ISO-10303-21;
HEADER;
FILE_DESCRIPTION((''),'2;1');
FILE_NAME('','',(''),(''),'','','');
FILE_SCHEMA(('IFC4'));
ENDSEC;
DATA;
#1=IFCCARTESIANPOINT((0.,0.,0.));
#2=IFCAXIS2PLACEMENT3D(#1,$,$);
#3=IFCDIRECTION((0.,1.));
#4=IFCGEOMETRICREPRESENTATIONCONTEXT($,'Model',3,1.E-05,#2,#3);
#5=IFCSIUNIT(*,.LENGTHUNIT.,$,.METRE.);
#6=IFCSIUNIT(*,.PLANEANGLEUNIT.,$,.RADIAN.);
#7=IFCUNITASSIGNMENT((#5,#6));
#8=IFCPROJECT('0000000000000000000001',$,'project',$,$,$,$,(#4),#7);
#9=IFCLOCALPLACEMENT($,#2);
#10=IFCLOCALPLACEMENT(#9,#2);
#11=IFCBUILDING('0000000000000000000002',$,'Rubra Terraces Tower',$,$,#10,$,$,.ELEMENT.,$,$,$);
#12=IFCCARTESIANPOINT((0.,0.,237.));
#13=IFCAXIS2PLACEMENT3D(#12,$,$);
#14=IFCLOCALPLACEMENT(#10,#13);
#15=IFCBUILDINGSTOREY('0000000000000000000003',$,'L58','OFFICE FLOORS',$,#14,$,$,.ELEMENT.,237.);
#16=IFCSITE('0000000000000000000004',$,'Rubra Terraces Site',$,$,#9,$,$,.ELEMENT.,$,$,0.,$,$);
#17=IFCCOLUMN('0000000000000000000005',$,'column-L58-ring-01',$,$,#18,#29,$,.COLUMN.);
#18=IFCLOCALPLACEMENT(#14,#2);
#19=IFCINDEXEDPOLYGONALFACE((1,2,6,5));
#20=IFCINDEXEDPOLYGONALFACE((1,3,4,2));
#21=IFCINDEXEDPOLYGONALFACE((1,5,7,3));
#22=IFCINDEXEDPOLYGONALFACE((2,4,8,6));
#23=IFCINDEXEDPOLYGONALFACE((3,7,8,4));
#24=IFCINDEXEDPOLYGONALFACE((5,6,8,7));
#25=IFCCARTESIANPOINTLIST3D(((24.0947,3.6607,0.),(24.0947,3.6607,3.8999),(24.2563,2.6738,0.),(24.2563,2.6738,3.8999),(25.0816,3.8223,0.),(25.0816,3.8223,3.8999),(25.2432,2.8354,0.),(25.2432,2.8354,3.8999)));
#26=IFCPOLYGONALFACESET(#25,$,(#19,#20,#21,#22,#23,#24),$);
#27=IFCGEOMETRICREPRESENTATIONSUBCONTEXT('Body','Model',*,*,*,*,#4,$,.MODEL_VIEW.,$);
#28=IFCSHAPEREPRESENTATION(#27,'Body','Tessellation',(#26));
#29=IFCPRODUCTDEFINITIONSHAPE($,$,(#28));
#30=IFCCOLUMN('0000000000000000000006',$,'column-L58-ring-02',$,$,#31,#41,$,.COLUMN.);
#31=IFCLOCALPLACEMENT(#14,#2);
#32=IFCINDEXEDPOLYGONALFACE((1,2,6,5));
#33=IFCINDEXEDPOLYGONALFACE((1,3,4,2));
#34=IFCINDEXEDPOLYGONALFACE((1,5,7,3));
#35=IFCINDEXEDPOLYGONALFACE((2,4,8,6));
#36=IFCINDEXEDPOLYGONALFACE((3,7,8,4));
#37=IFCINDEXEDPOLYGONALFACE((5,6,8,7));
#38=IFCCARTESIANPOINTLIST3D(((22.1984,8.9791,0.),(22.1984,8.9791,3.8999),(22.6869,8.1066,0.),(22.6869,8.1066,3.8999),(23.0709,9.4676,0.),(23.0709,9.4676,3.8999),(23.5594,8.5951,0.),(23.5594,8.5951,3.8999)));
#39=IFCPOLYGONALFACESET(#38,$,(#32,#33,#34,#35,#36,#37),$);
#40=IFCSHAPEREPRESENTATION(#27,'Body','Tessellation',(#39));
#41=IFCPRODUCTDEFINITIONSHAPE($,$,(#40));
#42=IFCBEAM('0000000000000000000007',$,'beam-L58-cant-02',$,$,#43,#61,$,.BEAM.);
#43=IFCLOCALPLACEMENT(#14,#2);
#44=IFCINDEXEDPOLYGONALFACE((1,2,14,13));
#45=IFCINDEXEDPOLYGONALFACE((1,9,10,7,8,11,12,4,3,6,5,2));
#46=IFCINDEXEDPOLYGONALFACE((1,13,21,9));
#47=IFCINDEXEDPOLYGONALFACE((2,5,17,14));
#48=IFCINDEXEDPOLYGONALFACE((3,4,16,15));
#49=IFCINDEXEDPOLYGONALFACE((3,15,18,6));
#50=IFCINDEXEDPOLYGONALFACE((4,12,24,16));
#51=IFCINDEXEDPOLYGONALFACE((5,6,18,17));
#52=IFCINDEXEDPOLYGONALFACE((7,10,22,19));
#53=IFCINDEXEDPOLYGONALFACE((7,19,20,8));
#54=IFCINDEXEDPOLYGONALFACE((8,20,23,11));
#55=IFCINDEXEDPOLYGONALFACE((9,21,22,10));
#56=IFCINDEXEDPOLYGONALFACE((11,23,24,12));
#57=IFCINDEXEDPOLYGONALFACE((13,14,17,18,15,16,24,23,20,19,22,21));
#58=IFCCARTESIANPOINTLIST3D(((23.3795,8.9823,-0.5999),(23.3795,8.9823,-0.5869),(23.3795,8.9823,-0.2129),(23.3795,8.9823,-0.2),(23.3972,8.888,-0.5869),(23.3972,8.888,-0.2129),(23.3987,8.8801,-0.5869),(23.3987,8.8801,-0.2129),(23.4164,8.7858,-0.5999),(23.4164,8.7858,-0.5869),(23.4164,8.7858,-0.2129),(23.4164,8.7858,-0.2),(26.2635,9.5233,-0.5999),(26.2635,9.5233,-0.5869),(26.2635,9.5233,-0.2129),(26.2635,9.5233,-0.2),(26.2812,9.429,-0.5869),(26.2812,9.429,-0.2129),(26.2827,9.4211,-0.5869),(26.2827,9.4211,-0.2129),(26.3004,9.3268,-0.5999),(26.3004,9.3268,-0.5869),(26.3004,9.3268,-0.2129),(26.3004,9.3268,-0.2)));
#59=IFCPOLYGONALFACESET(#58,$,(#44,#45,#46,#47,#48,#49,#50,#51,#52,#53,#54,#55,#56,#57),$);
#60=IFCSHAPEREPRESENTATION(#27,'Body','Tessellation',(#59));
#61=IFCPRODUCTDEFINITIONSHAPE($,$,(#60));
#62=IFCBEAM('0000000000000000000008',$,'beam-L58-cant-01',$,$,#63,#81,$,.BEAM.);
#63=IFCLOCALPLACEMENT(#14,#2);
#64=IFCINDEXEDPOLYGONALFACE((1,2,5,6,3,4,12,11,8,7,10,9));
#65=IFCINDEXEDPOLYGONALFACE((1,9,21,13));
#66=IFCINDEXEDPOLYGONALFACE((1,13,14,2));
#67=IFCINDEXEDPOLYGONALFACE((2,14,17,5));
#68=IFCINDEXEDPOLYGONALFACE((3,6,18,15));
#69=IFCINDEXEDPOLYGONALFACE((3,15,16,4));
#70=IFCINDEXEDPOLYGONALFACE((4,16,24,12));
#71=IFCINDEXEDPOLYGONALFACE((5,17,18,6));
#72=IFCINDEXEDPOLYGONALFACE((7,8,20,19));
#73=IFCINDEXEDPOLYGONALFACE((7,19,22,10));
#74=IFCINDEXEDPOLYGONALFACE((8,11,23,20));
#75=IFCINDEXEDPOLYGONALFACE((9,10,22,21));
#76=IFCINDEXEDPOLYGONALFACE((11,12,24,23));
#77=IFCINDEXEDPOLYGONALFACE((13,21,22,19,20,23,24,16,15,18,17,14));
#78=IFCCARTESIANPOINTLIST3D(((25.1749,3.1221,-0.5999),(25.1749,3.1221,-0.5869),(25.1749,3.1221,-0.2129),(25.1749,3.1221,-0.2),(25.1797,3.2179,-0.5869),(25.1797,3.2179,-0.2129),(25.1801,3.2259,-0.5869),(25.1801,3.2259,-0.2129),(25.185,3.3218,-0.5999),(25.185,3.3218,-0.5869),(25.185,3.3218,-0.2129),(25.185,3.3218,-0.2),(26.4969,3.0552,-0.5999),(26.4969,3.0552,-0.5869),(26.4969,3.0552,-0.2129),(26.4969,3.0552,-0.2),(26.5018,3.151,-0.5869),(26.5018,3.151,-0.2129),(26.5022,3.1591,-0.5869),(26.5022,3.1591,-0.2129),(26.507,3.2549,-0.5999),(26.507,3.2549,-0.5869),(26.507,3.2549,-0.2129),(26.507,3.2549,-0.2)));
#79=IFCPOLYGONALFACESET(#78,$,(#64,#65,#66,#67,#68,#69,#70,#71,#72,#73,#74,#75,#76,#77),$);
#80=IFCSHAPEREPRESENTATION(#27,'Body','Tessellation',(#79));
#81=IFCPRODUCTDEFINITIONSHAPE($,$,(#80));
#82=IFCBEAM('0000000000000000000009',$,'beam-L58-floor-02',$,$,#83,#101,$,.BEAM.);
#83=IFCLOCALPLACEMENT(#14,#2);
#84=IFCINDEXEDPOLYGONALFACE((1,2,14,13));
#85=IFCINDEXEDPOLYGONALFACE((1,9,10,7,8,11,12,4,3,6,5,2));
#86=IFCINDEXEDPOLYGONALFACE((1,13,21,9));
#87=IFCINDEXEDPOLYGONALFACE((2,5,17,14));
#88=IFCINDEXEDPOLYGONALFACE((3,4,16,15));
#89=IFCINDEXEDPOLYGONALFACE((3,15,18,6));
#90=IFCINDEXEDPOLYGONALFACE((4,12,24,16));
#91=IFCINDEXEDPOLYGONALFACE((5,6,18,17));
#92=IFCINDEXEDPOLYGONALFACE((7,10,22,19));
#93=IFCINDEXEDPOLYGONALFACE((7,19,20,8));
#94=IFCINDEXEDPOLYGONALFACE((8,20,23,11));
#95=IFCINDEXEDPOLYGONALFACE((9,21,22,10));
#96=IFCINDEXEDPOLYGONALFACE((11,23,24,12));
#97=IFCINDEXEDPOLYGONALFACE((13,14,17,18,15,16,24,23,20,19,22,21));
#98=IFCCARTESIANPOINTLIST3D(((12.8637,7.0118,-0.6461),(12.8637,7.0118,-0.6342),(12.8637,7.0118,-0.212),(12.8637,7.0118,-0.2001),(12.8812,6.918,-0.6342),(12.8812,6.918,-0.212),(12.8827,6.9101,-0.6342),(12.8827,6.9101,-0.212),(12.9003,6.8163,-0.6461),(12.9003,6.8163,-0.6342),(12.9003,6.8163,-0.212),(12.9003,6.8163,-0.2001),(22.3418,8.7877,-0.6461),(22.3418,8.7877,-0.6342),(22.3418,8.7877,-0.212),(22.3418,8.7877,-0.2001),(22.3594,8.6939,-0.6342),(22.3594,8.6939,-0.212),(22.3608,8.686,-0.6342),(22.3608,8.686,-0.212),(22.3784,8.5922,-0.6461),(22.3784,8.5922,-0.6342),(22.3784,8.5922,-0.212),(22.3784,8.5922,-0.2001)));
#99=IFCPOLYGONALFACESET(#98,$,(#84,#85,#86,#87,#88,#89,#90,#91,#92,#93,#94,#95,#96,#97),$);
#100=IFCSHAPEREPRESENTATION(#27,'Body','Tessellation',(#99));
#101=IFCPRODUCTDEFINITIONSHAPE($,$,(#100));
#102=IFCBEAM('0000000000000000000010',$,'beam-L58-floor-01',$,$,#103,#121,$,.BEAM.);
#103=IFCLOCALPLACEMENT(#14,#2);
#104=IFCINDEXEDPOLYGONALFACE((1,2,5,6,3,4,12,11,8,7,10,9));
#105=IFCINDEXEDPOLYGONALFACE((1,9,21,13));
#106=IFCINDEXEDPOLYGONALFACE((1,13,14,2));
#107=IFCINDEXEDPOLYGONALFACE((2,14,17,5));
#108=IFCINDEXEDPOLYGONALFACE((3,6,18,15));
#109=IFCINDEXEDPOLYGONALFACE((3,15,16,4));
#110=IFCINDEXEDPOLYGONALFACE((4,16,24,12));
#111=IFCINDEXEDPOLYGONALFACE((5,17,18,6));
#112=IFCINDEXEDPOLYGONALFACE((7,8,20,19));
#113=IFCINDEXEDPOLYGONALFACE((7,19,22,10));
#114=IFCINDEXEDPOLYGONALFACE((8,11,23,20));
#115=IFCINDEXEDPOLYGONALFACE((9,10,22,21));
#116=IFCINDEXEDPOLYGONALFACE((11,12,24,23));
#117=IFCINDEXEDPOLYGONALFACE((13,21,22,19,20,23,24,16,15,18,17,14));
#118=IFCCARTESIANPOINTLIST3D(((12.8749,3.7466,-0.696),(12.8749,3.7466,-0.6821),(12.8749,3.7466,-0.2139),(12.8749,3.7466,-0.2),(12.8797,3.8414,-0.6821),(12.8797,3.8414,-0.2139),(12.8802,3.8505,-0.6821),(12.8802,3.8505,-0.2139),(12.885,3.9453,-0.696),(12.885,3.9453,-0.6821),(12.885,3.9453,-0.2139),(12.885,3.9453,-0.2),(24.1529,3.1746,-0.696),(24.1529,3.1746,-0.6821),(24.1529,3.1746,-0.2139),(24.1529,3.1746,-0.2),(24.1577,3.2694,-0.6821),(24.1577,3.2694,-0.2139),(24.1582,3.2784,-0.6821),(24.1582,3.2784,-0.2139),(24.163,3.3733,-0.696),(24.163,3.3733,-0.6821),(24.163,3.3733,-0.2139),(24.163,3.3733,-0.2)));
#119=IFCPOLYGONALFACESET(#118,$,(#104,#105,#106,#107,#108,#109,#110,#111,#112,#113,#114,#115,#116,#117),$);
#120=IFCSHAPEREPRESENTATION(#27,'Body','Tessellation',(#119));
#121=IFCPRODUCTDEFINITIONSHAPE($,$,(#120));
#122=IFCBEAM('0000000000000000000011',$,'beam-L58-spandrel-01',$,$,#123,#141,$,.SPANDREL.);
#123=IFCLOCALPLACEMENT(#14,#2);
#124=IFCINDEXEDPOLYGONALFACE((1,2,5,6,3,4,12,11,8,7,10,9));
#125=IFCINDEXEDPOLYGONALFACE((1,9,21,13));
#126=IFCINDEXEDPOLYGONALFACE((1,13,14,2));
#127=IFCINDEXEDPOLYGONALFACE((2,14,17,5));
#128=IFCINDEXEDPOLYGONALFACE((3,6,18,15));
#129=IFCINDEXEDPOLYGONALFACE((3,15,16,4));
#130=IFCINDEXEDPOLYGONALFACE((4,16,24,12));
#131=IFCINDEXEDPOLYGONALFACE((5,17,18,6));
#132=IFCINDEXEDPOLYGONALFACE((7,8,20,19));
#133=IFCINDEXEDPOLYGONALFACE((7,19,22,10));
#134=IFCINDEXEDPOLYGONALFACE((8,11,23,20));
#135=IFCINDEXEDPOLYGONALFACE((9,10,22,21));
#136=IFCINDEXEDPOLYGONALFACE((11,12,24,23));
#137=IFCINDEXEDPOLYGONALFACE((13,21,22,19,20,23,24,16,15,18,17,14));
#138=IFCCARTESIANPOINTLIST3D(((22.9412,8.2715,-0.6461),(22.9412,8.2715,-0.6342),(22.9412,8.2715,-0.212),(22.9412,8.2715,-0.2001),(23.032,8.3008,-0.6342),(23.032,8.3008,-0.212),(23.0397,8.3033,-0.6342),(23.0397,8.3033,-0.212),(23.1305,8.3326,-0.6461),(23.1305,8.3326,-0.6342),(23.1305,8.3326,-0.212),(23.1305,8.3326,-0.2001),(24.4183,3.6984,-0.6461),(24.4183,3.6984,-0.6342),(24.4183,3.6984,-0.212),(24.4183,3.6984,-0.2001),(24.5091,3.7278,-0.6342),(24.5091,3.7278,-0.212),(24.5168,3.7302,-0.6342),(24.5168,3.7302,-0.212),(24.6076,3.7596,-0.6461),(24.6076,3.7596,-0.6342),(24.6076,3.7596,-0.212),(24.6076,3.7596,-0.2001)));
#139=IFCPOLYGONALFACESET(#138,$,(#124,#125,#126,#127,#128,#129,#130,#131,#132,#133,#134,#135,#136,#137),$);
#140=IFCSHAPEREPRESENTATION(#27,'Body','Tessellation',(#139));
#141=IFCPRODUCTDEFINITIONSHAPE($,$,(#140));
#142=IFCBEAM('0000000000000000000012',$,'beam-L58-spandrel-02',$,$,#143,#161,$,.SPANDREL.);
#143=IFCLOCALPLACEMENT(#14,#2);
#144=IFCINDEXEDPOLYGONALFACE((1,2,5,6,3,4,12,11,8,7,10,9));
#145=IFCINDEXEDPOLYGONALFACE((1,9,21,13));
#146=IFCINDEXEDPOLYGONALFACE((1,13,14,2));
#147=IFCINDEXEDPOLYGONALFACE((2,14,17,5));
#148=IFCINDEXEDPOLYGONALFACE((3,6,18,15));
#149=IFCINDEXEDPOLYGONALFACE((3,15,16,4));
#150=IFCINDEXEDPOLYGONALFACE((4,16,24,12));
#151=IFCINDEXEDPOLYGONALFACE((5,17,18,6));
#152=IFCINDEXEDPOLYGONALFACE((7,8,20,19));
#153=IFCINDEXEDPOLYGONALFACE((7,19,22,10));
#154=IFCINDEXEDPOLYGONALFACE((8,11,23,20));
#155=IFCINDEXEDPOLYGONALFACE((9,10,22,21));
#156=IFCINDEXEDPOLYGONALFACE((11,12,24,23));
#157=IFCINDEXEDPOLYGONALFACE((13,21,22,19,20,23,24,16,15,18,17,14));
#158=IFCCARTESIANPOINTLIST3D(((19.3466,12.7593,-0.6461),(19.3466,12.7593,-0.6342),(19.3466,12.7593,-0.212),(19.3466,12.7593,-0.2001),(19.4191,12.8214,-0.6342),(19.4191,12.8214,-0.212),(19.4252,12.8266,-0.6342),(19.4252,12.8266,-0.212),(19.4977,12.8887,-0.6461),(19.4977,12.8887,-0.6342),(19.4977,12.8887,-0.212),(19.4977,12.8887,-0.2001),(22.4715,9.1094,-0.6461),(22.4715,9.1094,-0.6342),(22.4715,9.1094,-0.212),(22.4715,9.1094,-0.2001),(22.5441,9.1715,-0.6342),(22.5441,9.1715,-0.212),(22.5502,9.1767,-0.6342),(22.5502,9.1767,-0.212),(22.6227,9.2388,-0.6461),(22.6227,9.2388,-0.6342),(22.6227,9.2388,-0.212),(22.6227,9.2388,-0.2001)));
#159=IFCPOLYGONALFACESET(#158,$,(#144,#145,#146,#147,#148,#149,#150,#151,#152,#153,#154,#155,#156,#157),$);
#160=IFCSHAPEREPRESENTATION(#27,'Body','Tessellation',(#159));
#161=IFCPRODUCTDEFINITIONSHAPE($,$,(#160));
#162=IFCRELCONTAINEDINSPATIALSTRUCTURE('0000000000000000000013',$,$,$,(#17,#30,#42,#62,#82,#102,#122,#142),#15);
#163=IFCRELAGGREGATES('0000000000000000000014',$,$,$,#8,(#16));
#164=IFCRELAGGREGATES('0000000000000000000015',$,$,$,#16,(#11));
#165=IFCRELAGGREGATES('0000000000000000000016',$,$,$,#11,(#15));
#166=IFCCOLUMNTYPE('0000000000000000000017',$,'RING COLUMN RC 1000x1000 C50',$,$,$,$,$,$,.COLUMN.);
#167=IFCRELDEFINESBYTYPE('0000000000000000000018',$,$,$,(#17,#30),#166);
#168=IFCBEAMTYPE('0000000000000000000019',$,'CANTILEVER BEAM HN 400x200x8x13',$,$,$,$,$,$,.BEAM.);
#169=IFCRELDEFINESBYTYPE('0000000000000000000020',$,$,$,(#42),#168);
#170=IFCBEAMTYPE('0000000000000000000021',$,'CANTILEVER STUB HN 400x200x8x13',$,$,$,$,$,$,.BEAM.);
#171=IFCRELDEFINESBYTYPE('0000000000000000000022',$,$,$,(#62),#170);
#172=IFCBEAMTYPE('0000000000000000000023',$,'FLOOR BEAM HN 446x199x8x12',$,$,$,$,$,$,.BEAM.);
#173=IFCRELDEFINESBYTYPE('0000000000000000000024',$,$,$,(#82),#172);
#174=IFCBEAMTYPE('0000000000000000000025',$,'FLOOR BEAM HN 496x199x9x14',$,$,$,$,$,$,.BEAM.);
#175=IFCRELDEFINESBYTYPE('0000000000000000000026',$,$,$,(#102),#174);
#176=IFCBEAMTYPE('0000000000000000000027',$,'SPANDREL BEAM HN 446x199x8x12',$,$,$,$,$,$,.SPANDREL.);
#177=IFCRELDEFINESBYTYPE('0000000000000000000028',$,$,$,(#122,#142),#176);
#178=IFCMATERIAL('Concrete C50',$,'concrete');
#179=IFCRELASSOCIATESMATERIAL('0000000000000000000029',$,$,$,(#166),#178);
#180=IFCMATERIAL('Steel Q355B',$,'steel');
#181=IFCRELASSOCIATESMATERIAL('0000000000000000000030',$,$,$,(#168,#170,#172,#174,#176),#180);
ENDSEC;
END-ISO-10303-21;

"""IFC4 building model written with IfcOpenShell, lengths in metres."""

from ifc_helpers import new_model, si_unit, direction, frame, origin, origin_2d, place, context, subcontext, project, spatial, rectangle, i_section, extrude, material, material_profile, profile_set, type_object, element, save


model = new_model("IFC4")

# Units and contexts
model_context = context("Model", 3, precision=1e-05, world=origin(), true_north=direction((0.0, 1.0)))
body_context = subcontext(model_context, "Body", "Model", "MODEL_VIEW")
ifc_project = project(units=[si_unit("LENGTHUNIT", "METRE"), si_unit("PLANEANGLEUNIT", "RADIAN")], contexts=[model_context])

# Site, building, storey
site_placement = place(None, origin())
site = spatial("IfcSite", under=ifc_project, at=site_placement, Name="Rubra Terraces Site", CompositionType="ELEMENT", RefElevation=0.0)
building_placement = place(site_placement, origin())
building = spatial("IfcBuilding", under=site, at=building_placement, Name="Rubra Terraces Tower", CompositionType="ELEMENT")
storey_placement = place(building_placement, frame((0.0, 0.0, 237.0)))
storey = spatial("IfcBuildingStorey", under=building, at=storey_placement, Name="L58", Description="OFFICE FLOORS", CompositionType="ELEMENT", Elevation=237.0)

# Columns
ifc_material_1 = material(Name="Concrete C50", Category="concrete")
ifc_material_profile_1 = material_profile(ifc_material_1, rectangle(XDim=1.0, YDim=1.0, at=origin_2d()), Name="RC 1000x1000")
ifc_profile_set_1 = profile_set([ifc_material_profile_1], Name="Concrete C50")
column_type = type_object("IfcColumnType", Name="RING COLUMN RC 1000x1000 C50", PredefinedType="COLUMN", material=ifc_profile_set_1)
for number, where, z_axis, x_axis, name in (
    (1, (24.6689, 3.248, 0.0), (0.0, 0.0, 1.0), (-0.161559, 0.986863, 0.0), "column-L58-ring-01"),
    (2, (22.8789, 8.7871, 0.0), (0.0, 0.0, 1.0), (-0.488526, 0.872549, 0.0), "column-L58-ring-02"),
):
    element("IfcColumn", number, at=place(storey_placement, frame(where, z_axis=z_axis, x_axis=x_axis)), inside=storey, type_object=column_type, Name=name, PredefinedType="COLUMN", context=body_context, shape_type="SweptSolid", body=[
        extrude(rectangle(XDim=1.0, YDim=1.0, at=origin_2d()), origin(), (0.0, 0.0, 1.0), 3.8999),
    ])

# Beams
ifc_material_2 = material(Name="Steel Q355B", Category="steel")
ifc_material_profile_2 = material_profile(ifc_material_2, i_section(OverallWidth=0.2, OverallDepth=0.3999, WebThickness=0.0081, FlangeThickness=0.0129, at=origin_2d()), Name="HN 400x200x8x13")
ifc_profile_set_2 = profile_set([ifc_material_profile_2], Name="Steel Q355B")
beam_type_1 = type_object("IfcBeamType", Name="CANTILEVER BEAM HN 400x200x8x13", PredefinedType="BEAM", material=ifc_profile_set_2)
beam_1_placement = place(storey_placement, frame((23.3979, 8.884, -0.3999), z_axis=(0.982856, 0.184374, 0.0), x_axis=(-0.184374, 0.982856, 0.0)))
element("IfcBeam", 3, at=beam_1_placement, inside=storey, type_object=beam_type_1, Name="beam-L58-cant-02", PredefinedType="BEAM", context=body_context, shape_type="SweptSolid", body=[
    extrude(i_section(OverallWidth=0.2, OverallDepth=0.3999, WebThickness=0.0081, FlangeThickness=0.0129, at=origin_2d()), origin(), (0.0, 0.0, 1.0), 2.9343),
])
ifc_material_profile_3 = material_profile(ifc_material_2, i_section(OverallWidth=0.2, OverallDepth=0.3999, WebThickness=0.0081, FlangeThickness=0.0129, at=origin_2d()), Name="HN 400x200x8x13")
ifc_profile_set_3 = profile_set([ifc_material_profile_3], Name="Steel Q355B")
beam_type_2 = type_object("IfcBeamType", Name="CANTILEVER STUB HN 400x200x8x13", PredefinedType="BEAM", material=ifc_profile_set_3)
beam_2_placement = place(storey_placement, frame((25.1799, 3.2219, -0.3999), z_axis=(0.998722, -0.050536, 0.0), x_axis=(0.050536, 0.998722, 0.0)))
element("IfcBeam", 4, at=beam_2_placement, inside=storey, type_object=beam_type_2, Name="beam-L58-cant-01", PredefinedType="BEAM", context=body_context, shape_type="SweptSolid", body=[
    extrude(i_section(OverallWidth=0.2, OverallDepth=0.3999, WebThickness=0.0081, FlangeThickness=0.0129, at=origin_2d()), origin(), (0.0, 0.0, 1.0), 1.3237),
])
ifc_material_profile_4 = material_profile(ifc_material_2, i_section(OverallWidth=0.199, OverallDepth=0.446, WebThickness=0.0081, FlangeThickness=0.012, at=origin_2d()), Name="HN 446x199x8x12")
ifc_profile_set_4 = profile_set([ifc_material_profile_4], Name="Steel Q355B")
beam_type_3 = type_object("IfcBeamType", Name="FLOOR BEAM HN 446x199x8x12", PredefinedType="BEAM", material=ifc_profile_set_4)
beam_3_placement = place(storey_placement, frame((22.3601, 8.6899, -0.4231), z_axis=(-0.982896, -0.184163, 0.0), x_axis=(0.184163, -0.982896, 0.0)))
element("IfcBeam", 5, at=beam_3_placement, inside=storey, type_object=beam_type_3, Name="beam-L58-floor-02", PredefinedType="BEAM", context=body_context, shape_type="SweptSolid", body=[
    extrude(i_section(OverallWidth=0.199, OverallDepth=0.446, WebThickness=0.0081, FlangeThickness=0.012, at=origin_2d()), origin(), (0.0, 0.0, 1.0), 9.6431),
])
ifc_material_profile_5 = material_profile(ifc_material_2, i_section(OverallWidth=0.199, OverallDepth=0.4961, WebThickness=0.009, FlangeThickness=0.0139, at=origin_2d()), Name="HN 496x199x9x14")
ifc_profile_set_5 = profile_set([ifc_material_profile_5], Name="Steel Q355B")
beam_type_4 = type_object("IfcBeamType", Name="FLOOR BEAM HN 496x199x9x14", PredefinedType="BEAM", material=ifc_profile_set_5)
beam_4_placement = place(storey_placement, frame((24.158, 3.2739, -0.448), z_axis=(-0.998716, 0.050655, 0.0), x_axis=(-0.050655, -0.998716, 0.0)))
element("IfcBeam", 6, at=beam_4_placement, inside=storey, type_object=beam_type_4, Name="beam-L58-floor-01", PredefinedType="BEAM", context=body_context, shape_type="SweptSolid", body=[
    extrude(i_section(OverallWidth=0.199, OverallDepth=0.4961, WebThickness=0.009, FlangeThickness=0.0139, at=origin_2d()), origin(), (0.0, 0.0, 1.0), 11.2925),
])
ifc_material_profile_6 = material_profile(ifc_material_2, i_section(OverallWidth=0.199, OverallDepth=0.446, WebThickness=0.0081, FlangeThickness=0.012, at=origin_2d()), Name="HN 446x199x8x12")
ifc_profile_set_6 = profile_set([ifc_material_profile_6], Name="Steel Q355B")
beam_type_5 = type_object("IfcBeamType", Name="SPANDREL BEAM HN 446x199x8x12", PredefinedType="SPANDREL", material=ifc_profile_set_6)
beam_5_placement = place(storey_placement, frame((24.5129, 3.729, -0.4231), z_axis=(-0.307359, 0.951594, 0.0), x_axis=(-0.951594, -0.307359, 0.0)))
element("IfcBeam", 7, at=beam_5_placement, inside=storey, type_object=beam_type_5, Name="beam-L58-spandrel-01", PredefinedType="SPANDREL", context=body_context, shape_type="SweptSolid", body=[
    extrude(i_section(OverallWidth=0.199, OverallDepth=0.446, WebThickness=0.0081, FlangeThickness=0.012, at=origin_2d()), origin(), (0.0, 0.0, 1.0), 4.8057),
])
beam_6_placement = place(storey_placement, frame((22.5471, 9.1741, -0.4231), z_axis=(-0.650373, 0.759615, 0.0), x_axis=(-0.759615, -0.650373, 0.0)))
element("IfcBeam", 8, at=beam_6_placement, inside=storey, type_object=beam_type_5, Name="beam-L58-spandrel-02", PredefinedType="SPANDREL", context=body_context, shape_type="SweptSolid", body=[
    extrude(i_section(OverallWidth=0.199, OverallDepth=0.446, WebThickness=0.0081, FlangeThickness=0.012, at=origin_2d()), origin(), (0.0, 0.0, 1.0), 4.8049),
])

save(model, "model.ifc")
